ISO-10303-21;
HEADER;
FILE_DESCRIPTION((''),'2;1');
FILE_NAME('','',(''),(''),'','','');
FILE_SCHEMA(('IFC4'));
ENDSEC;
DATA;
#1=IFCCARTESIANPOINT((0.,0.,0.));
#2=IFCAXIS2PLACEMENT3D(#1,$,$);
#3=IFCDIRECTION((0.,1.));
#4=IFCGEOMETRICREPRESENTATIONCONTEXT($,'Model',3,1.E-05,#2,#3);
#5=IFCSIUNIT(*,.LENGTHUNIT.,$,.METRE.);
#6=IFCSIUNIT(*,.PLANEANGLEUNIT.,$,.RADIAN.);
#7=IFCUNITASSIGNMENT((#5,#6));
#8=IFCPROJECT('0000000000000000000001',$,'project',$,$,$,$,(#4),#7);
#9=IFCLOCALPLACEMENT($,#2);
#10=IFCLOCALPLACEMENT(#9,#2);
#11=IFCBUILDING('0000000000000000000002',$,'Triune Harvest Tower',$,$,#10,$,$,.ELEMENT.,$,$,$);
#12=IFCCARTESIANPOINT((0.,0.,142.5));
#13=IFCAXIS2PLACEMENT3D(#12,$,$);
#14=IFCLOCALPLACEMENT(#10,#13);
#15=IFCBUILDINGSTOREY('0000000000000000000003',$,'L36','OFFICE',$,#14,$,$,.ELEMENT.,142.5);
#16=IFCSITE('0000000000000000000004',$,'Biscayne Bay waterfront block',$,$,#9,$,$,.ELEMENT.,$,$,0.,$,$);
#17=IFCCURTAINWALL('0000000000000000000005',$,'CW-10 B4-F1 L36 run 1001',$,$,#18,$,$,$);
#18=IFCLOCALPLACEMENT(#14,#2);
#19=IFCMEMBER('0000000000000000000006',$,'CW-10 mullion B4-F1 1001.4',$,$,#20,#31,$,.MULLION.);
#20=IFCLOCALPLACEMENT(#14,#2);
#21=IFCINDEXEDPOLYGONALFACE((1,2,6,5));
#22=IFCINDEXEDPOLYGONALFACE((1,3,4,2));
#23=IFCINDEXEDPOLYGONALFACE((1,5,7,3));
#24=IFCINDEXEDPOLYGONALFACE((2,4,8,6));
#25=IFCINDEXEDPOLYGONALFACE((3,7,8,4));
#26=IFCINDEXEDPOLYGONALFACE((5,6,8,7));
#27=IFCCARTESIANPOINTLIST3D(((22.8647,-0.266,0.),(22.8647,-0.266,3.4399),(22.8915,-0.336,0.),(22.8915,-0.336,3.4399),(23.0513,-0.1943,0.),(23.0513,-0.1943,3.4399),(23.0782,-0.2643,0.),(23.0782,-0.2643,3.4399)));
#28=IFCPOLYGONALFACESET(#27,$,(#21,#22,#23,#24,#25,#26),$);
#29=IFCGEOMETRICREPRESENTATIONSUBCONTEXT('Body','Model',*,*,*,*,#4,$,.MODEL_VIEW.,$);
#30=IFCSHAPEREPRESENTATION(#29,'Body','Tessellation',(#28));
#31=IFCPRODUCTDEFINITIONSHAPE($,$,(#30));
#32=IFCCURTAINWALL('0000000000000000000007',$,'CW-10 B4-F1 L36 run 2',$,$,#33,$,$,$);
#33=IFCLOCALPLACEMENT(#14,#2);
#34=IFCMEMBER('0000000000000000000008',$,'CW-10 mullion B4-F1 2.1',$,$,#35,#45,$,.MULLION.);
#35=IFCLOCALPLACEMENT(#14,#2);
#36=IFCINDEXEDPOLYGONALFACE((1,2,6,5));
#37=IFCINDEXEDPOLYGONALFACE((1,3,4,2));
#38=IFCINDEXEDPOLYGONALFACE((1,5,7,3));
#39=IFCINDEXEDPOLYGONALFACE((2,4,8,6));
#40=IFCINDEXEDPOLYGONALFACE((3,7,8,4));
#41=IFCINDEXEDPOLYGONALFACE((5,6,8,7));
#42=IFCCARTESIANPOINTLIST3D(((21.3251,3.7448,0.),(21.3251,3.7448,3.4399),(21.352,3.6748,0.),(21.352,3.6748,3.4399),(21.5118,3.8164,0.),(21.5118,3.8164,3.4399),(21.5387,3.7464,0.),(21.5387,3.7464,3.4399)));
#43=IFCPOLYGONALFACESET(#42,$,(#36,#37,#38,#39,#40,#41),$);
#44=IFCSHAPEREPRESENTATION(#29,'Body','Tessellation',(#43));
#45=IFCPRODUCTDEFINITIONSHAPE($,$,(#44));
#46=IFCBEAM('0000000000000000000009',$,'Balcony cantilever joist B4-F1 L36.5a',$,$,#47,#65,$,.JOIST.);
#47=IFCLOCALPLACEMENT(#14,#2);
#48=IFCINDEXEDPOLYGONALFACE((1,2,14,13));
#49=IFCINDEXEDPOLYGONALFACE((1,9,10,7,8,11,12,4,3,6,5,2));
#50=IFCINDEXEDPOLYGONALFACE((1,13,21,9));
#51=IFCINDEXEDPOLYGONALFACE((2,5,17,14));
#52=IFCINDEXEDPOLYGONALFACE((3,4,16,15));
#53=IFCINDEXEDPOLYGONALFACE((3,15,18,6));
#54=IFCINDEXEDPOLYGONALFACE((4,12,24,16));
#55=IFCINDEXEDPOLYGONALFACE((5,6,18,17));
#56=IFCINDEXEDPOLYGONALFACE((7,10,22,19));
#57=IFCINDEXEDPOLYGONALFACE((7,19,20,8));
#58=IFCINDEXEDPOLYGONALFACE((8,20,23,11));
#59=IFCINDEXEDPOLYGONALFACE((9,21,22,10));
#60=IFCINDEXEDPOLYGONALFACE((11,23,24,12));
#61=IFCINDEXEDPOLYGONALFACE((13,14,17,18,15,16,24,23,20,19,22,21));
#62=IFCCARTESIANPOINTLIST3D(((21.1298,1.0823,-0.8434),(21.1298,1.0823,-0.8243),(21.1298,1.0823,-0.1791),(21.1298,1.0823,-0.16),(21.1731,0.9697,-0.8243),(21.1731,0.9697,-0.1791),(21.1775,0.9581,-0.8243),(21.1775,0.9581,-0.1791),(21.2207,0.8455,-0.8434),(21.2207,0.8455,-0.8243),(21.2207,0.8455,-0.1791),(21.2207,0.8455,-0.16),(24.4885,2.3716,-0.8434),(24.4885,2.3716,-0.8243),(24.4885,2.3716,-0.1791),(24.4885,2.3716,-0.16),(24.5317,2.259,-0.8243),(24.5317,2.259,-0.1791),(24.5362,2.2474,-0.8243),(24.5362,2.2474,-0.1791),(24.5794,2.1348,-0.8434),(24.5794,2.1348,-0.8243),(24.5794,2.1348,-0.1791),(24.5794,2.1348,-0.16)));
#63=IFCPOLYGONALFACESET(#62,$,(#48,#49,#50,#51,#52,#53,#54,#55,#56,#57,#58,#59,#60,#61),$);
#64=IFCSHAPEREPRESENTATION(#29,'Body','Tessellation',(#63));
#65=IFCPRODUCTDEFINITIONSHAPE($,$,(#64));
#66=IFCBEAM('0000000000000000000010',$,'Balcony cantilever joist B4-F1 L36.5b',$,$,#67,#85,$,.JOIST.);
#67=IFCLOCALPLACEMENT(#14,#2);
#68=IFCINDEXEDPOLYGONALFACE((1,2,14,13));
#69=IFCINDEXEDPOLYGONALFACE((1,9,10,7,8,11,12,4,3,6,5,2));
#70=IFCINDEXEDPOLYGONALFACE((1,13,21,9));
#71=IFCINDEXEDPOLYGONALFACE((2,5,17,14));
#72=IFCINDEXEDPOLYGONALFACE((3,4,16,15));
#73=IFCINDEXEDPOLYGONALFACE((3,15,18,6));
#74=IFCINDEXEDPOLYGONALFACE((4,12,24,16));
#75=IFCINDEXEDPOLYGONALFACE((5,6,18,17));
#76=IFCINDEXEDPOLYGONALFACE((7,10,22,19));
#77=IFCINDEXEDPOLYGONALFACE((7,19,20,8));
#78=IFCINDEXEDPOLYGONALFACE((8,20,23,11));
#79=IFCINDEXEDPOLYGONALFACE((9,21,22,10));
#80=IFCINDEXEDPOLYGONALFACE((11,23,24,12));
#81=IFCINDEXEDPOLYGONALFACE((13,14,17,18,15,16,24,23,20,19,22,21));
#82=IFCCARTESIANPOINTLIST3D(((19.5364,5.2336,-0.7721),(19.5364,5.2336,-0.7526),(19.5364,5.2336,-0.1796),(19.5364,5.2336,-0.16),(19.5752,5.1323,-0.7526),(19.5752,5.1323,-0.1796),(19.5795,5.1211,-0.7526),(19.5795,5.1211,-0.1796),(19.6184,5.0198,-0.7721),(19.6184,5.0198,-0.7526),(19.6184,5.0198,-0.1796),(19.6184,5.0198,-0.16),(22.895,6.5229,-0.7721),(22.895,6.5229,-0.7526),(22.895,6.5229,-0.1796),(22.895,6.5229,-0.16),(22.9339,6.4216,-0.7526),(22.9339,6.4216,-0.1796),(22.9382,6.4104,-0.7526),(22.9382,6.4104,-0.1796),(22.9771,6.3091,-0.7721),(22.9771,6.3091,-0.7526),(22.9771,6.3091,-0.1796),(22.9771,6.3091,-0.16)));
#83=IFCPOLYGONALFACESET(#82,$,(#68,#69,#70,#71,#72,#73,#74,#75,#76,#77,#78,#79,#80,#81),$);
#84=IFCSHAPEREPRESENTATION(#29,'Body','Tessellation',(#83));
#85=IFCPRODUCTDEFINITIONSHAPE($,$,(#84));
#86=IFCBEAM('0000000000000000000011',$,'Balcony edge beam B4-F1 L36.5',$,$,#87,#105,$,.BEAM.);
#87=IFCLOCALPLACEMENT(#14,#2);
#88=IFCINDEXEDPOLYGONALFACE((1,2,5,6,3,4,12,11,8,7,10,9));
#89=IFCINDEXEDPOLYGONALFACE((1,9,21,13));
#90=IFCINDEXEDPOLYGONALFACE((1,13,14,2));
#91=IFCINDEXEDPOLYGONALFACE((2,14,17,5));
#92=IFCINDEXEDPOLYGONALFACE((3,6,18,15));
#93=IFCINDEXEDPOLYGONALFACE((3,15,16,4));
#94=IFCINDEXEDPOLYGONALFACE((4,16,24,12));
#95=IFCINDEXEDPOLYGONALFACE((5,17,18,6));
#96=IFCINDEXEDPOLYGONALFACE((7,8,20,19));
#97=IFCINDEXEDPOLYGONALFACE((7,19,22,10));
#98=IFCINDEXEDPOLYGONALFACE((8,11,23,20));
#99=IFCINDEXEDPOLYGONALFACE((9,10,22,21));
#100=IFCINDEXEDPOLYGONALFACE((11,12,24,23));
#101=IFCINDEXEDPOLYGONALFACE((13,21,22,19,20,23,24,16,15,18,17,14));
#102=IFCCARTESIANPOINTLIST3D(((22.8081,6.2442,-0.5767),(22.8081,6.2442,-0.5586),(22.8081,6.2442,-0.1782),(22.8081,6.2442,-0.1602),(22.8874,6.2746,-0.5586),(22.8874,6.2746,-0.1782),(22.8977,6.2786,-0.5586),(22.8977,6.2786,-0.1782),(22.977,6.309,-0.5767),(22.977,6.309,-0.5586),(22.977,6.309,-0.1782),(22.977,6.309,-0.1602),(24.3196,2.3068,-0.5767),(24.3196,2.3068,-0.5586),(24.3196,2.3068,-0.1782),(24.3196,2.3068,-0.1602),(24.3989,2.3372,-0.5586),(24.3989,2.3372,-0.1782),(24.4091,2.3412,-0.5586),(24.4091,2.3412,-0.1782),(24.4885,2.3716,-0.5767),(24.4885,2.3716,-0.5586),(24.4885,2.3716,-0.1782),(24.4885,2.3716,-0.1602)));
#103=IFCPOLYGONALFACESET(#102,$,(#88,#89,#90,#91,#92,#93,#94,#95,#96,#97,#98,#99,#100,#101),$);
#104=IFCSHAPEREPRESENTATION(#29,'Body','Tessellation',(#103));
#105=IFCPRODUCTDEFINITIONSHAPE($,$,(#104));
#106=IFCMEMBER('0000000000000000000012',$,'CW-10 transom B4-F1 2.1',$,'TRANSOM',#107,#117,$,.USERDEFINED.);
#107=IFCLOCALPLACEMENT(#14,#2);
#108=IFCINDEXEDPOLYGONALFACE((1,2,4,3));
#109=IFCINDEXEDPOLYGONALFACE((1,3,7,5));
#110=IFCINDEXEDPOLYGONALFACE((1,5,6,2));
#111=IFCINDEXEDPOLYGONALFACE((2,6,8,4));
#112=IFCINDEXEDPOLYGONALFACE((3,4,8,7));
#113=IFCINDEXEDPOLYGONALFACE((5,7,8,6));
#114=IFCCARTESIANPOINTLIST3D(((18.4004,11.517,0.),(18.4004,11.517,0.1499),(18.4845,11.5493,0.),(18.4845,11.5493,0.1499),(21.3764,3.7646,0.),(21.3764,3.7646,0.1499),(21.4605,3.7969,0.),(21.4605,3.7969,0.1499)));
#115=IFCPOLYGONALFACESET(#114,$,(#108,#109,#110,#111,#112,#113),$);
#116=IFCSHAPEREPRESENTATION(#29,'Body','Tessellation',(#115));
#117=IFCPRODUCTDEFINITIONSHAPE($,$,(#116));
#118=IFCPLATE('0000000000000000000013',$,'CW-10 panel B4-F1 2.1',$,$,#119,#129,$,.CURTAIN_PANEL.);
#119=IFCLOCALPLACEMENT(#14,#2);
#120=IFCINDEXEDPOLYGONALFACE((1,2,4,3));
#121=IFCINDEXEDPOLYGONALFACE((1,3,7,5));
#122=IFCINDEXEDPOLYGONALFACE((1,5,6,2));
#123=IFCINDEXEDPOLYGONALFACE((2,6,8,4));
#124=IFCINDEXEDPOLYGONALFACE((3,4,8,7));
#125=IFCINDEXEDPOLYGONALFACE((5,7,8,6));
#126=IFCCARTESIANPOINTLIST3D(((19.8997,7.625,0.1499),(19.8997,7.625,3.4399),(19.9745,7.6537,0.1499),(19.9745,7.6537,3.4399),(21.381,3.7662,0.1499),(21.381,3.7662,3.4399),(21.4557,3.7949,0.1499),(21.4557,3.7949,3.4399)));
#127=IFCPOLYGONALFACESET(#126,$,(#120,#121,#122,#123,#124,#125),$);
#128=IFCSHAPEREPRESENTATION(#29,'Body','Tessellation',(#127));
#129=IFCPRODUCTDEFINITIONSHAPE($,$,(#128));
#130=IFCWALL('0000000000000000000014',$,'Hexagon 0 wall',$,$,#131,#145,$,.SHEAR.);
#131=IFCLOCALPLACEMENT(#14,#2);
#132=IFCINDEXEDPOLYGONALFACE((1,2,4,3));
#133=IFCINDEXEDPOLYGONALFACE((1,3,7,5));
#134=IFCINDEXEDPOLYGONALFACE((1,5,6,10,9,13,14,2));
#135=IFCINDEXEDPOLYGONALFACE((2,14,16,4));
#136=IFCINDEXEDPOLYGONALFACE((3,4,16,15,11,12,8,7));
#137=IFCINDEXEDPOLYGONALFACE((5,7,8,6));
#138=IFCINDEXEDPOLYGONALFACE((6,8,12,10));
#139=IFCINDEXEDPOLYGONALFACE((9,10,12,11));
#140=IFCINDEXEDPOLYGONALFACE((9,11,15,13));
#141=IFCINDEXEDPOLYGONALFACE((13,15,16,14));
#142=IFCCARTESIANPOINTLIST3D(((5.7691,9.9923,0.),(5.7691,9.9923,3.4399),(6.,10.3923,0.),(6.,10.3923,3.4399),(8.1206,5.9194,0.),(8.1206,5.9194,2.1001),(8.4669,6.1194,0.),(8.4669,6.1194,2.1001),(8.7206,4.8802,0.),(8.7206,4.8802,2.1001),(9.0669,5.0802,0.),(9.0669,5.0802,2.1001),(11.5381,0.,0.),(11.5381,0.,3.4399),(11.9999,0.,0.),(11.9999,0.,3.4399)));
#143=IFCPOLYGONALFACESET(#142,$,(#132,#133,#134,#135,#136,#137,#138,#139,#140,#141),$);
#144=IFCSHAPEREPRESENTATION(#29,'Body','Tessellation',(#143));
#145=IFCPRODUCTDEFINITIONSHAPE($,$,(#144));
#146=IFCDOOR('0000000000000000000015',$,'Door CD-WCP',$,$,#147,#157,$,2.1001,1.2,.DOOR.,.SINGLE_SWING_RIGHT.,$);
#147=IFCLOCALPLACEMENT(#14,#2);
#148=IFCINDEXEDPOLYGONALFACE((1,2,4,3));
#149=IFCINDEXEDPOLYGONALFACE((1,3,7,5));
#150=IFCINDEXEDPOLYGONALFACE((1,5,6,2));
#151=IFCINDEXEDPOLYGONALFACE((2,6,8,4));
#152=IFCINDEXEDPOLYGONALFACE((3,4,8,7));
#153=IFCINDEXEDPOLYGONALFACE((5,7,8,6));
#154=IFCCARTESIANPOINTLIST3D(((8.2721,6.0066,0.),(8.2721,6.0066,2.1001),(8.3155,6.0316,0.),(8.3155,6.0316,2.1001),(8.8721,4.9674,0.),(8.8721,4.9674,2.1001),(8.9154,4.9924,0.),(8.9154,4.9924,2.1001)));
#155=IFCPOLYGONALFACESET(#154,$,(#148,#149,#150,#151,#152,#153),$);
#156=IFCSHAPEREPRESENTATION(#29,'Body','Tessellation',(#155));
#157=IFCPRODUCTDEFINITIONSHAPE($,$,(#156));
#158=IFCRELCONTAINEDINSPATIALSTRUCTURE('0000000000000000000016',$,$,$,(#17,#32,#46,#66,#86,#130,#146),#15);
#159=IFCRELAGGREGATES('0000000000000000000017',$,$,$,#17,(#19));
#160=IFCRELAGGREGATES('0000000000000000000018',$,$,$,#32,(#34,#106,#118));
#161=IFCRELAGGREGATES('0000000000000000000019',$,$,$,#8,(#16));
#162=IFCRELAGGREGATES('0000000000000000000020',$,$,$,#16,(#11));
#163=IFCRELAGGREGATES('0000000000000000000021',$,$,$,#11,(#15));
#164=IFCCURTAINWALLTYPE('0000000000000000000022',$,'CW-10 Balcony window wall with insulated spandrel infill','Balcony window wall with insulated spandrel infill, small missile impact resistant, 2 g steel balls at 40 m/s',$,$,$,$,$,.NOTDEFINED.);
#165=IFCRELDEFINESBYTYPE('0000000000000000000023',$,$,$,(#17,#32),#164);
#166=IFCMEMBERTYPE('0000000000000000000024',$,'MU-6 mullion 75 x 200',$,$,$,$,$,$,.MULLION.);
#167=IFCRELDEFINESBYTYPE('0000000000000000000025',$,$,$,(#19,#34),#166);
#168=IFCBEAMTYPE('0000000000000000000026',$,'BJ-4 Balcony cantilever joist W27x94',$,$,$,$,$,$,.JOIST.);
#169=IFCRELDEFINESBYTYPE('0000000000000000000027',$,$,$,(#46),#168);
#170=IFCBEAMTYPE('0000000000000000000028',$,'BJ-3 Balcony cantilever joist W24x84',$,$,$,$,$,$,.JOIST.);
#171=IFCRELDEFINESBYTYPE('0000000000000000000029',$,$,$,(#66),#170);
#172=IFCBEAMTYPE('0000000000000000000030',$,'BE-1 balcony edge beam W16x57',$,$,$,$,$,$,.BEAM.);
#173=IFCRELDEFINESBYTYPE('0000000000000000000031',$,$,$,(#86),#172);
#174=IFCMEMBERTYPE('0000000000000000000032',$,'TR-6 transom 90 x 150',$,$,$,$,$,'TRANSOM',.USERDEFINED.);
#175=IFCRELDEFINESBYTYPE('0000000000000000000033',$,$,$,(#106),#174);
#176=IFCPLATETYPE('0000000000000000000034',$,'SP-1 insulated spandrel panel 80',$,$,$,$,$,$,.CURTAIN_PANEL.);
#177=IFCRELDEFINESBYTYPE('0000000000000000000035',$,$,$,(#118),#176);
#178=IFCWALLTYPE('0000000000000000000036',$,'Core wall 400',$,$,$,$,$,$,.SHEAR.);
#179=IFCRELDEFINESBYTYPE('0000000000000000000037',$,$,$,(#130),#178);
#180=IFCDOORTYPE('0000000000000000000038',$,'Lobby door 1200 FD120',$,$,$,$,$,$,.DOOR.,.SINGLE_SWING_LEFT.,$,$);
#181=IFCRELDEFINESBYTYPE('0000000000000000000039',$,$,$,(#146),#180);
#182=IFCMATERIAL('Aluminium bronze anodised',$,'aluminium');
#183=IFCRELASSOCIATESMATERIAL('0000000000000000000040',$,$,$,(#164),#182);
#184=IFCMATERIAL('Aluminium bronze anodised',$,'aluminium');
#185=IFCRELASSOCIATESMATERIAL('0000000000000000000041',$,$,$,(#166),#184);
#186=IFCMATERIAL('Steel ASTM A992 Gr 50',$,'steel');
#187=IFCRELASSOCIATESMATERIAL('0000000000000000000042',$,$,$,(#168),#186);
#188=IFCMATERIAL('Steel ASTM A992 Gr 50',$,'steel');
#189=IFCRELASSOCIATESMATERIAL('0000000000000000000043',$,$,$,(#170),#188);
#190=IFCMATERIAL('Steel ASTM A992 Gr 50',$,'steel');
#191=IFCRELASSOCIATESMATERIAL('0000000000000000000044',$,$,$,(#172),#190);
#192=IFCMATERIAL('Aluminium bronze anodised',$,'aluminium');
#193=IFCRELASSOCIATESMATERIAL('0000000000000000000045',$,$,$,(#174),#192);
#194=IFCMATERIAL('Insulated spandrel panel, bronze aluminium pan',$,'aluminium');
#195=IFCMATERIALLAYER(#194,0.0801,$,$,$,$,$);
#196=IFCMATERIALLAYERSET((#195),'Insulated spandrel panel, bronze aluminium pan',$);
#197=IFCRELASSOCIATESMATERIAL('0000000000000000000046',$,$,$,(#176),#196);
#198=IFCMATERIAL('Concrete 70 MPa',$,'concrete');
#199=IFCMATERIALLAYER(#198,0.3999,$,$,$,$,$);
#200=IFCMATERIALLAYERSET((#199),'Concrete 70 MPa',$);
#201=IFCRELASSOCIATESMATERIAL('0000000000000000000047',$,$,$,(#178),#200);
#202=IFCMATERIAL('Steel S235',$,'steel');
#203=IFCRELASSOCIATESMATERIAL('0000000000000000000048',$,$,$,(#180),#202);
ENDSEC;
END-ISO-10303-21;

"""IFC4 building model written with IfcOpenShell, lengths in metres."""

from ifc_helpers import new_model, si_unit, direction, frame, frame_2d, origin, origin_2d, place, context, subcontext, project, spatial, polyline, rectangle, i_section, outline, extrude, source, transform, mapped, material, layer, layer_set, material_profile, profile_set, type_object, element, fill, aggregate, save


model = new_model("IFC4")

# Units and contexts
model_context = context("Model", 3, precision=1e-05, world=origin(), true_north=direction((0.0, 1.0)))
body_context = subcontext(model_context, "Body", "Model", "MODEL_VIEW")
ifc_project = project(units=[si_unit("LENGTHUNIT", "METRE"), si_unit("PLANEANGLEUNIT", "RADIAN")], contexts=[model_context])

# Site, building, storey
site_placement = place(None, origin())
site = spatial("IfcSite", under=ifc_project, at=site_placement, Name="Biscayne Bay waterfront block", CompositionType="ELEMENT", RefElevation=0.0)
building_placement = place(site_placement, origin())
building = spatial("IfcBuilding", under=site, at=building_placement, Name="Triune Harvest Tower", CompositionType="ELEMENT")
storey_placement = place(building_placement, frame((0.0, 0.0, 142.5)))
storey = spatial("IfcBuildingStorey", under=building, at=storey_placement, Name="L36", Description="OFFICE", CompositionType="ELEMENT", Elevation=142.5)

# Curtain walls, members
ifc_material_1 = material(Name="Aluminium bronze anodised", Category="aluminium")
curtain_wall_type = type_object("IfcCurtainWallType", Name="CW-10 Balcony window wall with insulated spandrel infill", Description="Balcony window wall with insulated spandrel infill, small missile impact resistant, 2 g steel balls at 40 m/s", PredefinedType="NOTDEFINED", material=ifc_material_1)
curtain_wall_1_placement = place(storey_placement, origin())
curtain_wall_1 = element("IfcCurtainWall", 1, at=curtain_wall_1_placement, inside=storey, type_object=curtain_wall_type, Name="CW-10 B4-F1 L36 run 1001")
ifc_material_2 = material(Name="Aluminium bronze anodised", Category="aluminium")
ifc_material_profile_1 = material_profile(ifc_material_2, rectangle(XDim=0.2, YDim=0.075, at=origin_2d()), Name="MU-6 mullion 75 x 200")
ifc_profile_set_1 = profile_set([ifc_material_profile_1], Name="Aluminium bronze anodised")
member_type_1 = type_object("IfcMemberType", Name="MU-6 mullion 75 x 200", PredefinedType="MULLION", material=ifc_profile_set_1)
shared_shape_1 = source(origin(), body_context, "Body", "SweptSolid", [
    extrude(rectangle(XDim=0.2, YDim=0.075, at=origin_2d()), origin(), (0.0, 0.0, 1.0), 3.4399),
])
member_1_placement = place(storey_placement, frame((22.9714, -0.2651, 0.0), z_axis=(0.0, 0.0, 1.0), x_axis=(-0.933579, -0.358371, 0.0)))
member_1 = element("IfcMember", 2, at=member_1_placement, type_object=member_type_1, Name="CW-10 mullion B4-F1 1001.4", PredefinedType="MULLION", context=body_context, shape_type="MappedRepresentation", body=[
    mapped(shared_shape_1, transform((0.0, 0.0, 0.0), scale=1.0)),
])
aggregate(curtain_wall_1, [member_1])
curtain_wall_2_placement = place(storey_placement, origin())
curtain_wall_2 = element("IfcCurtainWall", 3, at=curtain_wall_2_placement, inside=storey, type_object=curtain_wall_type, Name="CW-10 B4-F1 L36 run 2")
member_2_placement = place(storey_placement, frame((21.4319, 3.7456, 0.0), z_axis=(0.0, 0.0, 1.0), x_axis=(-0.93358, -0.358368, 0.0)))
member_2 = element("IfcMember", 4, at=member_2_placement, type_object=member_type_1, Name="CW-10 mullion B4-F1 2.1", PredefinedType="MULLION", context=body_context, shape_type="MappedRepresentation", body=[
    mapped(shared_shape_1, transform((0.0, 0.0, 0.0), scale=1.0)),
])

# Beams
ifc_material_3 = material(Name="Steel ASTM A992 Gr 50", Category="steel")
ifc_material_profile_2 = material_profile(ifc_material_3, i_section(OverallWidth=0.2537, OverallDepth=0.6833, WebThickness=0.0125, FlangeThickness=0.019, at=origin_2d()), Name="W27x94")
ifc_profile_set_2 = profile_set([ifc_material_profile_2], Name="Steel ASTM A992 Gr 50")
beam_type_1 = type_object("IfcBeamType", Name="BJ-4 Balcony cantilever joist W27x94", PredefinedType="JOIST", material=ifc_profile_set_2)
shared_shape_2 = source(origin(), body_context, "Body", "SweptSolid", [
    extrude(i_section(OverallWidth=0.2537, OverallDepth=0.6833, WebThickness=0.0125, FlangeThickness=0.019, at=origin_2d()), origin(), (0.0, 0.0, 1.0), 3.5977),
])
beam_1_placement = place(storey_placement, frame((21.1753, 0.9639, -0.5017), z_axis=(0.933576, 0.358379, 0.0), x_axis=(-0.358379, 0.933576, 0.0)))
element("IfcBeam", 5, at=beam_1_placement, inside=storey, type_object=beam_type_1, Name="Balcony cantilever joist B4-F1 L36.5a", PredefinedType="JOIST", context=body_context, shape_type="MappedRepresentation", body=[
    mapped(shared_shape_2, transform((0.0, 0.0, 0.0), scale=1.0)),
])
ifc_material_4 = material(Name="Steel ASTM A992 Gr 50", Category="steel")
ifc_material_profile_3 = material_profile(ifc_material_4, i_section(OverallWidth=0.229, OverallDepth=0.6121, WebThickness=0.012, FlangeThickness=0.0195, at=origin_2d()), Name="W24x84")
ifc_profile_set_3 = profile_set([ifc_material_profile_3], Name="Steel ASTM A992 Gr 50")
beam_type_2 = type_object("IfcBeamType", Name="BJ-3 Balcony cantilever joist W24x84", PredefinedType="JOIST", material=ifc_profile_set_3)
shared_shape_3 = source(origin(), body_context, "Body", "SweptSolid", [
    extrude(i_section(OverallWidth=0.229, OverallDepth=0.6121, WebThickness=0.012, FlangeThickness=0.0195, at=origin_2d()), origin(), (0.0, 0.0, 1.0), 3.5977),
])
beam_2_placement = place(storey_placement, frame((19.5774, 5.1267, -0.4661), z_axis=(0.933576, 0.358379, 0.0), x_axis=(-0.358379, 0.933576, 0.0)))
element("IfcBeam", 6, at=beam_2_placement, inside=storey, type_object=beam_type_2, Name="Balcony cantilever joist B4-F1 L36.5b", PredefinedType="JOIST", context=body_context, shape_type="MappedRepresentation", body=[
    mapped(shared_shape_3, transform((0.0, 0.0, 0.0), scale=1.0)),
])
ifc_material_5 = material(Name="Steel ASTM A992 Gr 50", Category="steel")
ifc_material_profile_4 = material_profile(ifc_material_5, i_section(OverallWidth=0.1809, OverallDepth=0.4165, WebThickness=0.011, FlangeThickness=0.0181, at=origin_2d()), Name="W16x57")
ifc_profile_set_4 = profile_set([ifc_material_profile_4], Name="Steel ASTM A992 Gr 50")
beam_type_3 = type_object("IfcBeamType", Name="BE-1 balcony edge beam W16x57", PredefinedType="BEAM", material=ifc_profile_set_4)
shared_shape_4 = source(origin(), body_context, "Body", "SweptSolid", [
    extrude(i_section(OverallWidth=0.1809, OverallDepth=0.4165, WebThickness=0.011, FlangeThickness=0.0181, at=origin_2d()), origin(), (0.0, 0.0, 1.0), 4.2175),
])
beam_3_placement = place(storey_placement, frame((22.8926, 6.2766, -0.3684), z_axis=(0.35837, -0.93358, 0.0), x_axis=(0.93358, 0.35837, 0.0)))
element("IfcBeam", 7, at=beam_3_placement, inside=storey, type_object=beam_type_3, Name="Balcony edge beam B4-F1 L36.5", PredefinedType="BEAM", context=body_context, shape_type="MappedRepresentation", body=[
    mapped(shared_shape_4, transform((0.0, 0.0, 0.0), scale=1.0)),
])

# Member
ifc_material_6 = material(Name="Aluminium bronze anodised", Category="aluminium")
ifc_material_profile_5 = material_profile(ifc_material_6, rectangle(XDim=0.0901, YDim=0.1499, at=origin_2d()), Name="TR-6 transom 90 x 150")
ifc_profile_set_5 = profile_set([ifc_material_profile_5], Name="Aluminium bronze anodised")
member_type_2 = type_object("IfcMemberType", Name="TR-6 transom 90 x 150", ElementType="TRANSOM", PredefinedType="USERDEFINED", material=ifc_profile_set_5)
shared_shape_5 = source(origin(), body_context, "Body", "SweptSolid", [
    extrude(rectangle(XDim=0.0901, YDim=0.1499, at=origin_2d()), origin(), (0.0, 0.0, 1.0), 8.304),
])
member_3_placement = place(storey_placement, frame((21.4185, 3.7808, 0.075), z_axis=(-0.358388, 0.933573, 0.0), x_axis=(-0.933573, -0.358388, 0.0)))
member_3 = element("IfcMember", 8, at=member_3_placement, type_object=member_type_2, Name="CW-10 transom B4-F1 2.1", ObjectType="TRANSOM", PredefinedType="USERDEFINED", context=body_context, shape_type="MappedRepresentation", body=[
    mapped(shared_shape_5, transform((0.0, 0.0, 0.0), scale=1.0)),
])

# Plate
ifc_material_7 = material(Name="Insulated spandrel panel, bronze aluminium pan", Category="aluminium")
ifc_layer_1 = layer(ifc_material_7, 0.0801)
ifc_layer_set_1 = layer_set([ifc_layer_1], Name="Insulated spandrel panel, bronze aluminium pan")
plate_type = type_object("IfcPlateType", Name="SP-1 insulated spandrel panel 80", PredefinedType="CURTAIN_PANEL", material=ifc_layer_set_1)
shared_shape_6 = source(origin(), body_context, "Body", "SweptSolid", [
    extrude(rectangle(XDim=4.1333, YDim=0.0801, at=origin_2d()), origin(), (0.0, 0.0, 1.0), 3.29),
])
plate_placement = place(storey_placement, frame((20.6777, 5.71, 0.1499), z_axis=(0.0, 0.0, 1.0), x_axis=(-0.358368, 0.93358, 0.0)))
plate = element("IfcPlate", 9, at=plate_placement, type_object=plate_type, Name="CW-10 panel B4-F1 2.1", PredefinedType="CURTAIN_PANEL", context=body_context, shape_type="MappedRepresentation", body=[
    mapped(shared_shape_6, transform((0.0, 0.0, 0.0), scale=1.0)),
])
aggregate(curtain_wall_2, [member_2, member_3, plate])

# Wall, opening, door
ifc_material_8 = material(Name="Concrete 70 MPa", Category="concrete")
ifc_layer_2 = layer(ifc_material_8, 0.3999)
ifc_layer_set_2 = layer_set([ifc_layer_2], Name="Concrete 70 MPa")
wall_type_1 = type_object("IfcWallType", Name="Core wall 400", PredefinedType="SHEAR", material=ifc_layer_set_2)
shared_shape_7 = source(origin(), body_context, "Body", "SweptSolid", [
    extrude(outline(polyline([(-0.1155, -0.2), (11.8845, -0.2), (11.6536, 0.2), (0.1155, 0.2), (-0.1155, -0.2)])), origin(), (0.0, 0.0, 1.0), 3.4399),
])
wall_1_placement = place(storey_placement, frame((11.769, 0.0, 0.0), z_axis=(0.0, 0.0, 1.0), x_axis=(-0.499997, 0.866027, 0.0)))
wall_1 = element("IfcWall", 10, at=wall_1_placement, inside=storey, type_object=wall_type_1, Name="Hexagon 0 wall", PredefinedType="SHEAR", context=body_context, shape_type="MappedRepresentation", body=[
    mapped(shared_shape_7, transform((0.0, 0.0, 0.0), scale=1.0)),
])
opening_1_placement = place(wall_1_placement, frame((5.7505, 0.0, 0.0)))
opening_1 = element("IfcOpeningElement", 11, at=opening_1_placement, cuts=wall_1, PredefinedType="OPENING", context=body_context, shape_type="SweptSolid", body=[
    extrude(rectangle(XDim=1.2, YDim=2.1001, at=frame_2d((0.6001, 1.05))), frame((0.0, 0.21, 0.0), z_axis=(0.0, -1.0, 0.0), x_axis=(1.0, 0.0, 0.0)), (0.0, 0.0, 1.0), 0.4199),
])
ifc_material_9 = material(Name="Steel S235", Category="steel")
door_type_1 = type_object("IfcDoorType", Name="Lobby door 1200 FD120", OperationType="SINGLE_SWING_LEFT", PredefinedType="DOOR", material=ifc_material_9)
door_1_placement = place(opening_1_placement, frame((1.2, 0.0, 0.0), z_axis=(0.0, 0.0, 1.0), x_axis=(-1.0, 0.0, 0.0)))
door_1 = element("IfcDoor", 12, at=door_1_placement, inside=storey, type_object=door_type_1, Name="Door CD-WCP", OperationType="SINGLE_SWING_RIGHT", OverallHeight=2.1001, OverallWidth=1.2, PredefinedType="DOOR", context=body_context, shape_type="SweptSolid", body=[
    extrude(rectangle(XDim=1.2, YDim=2.1001, at=frame_2d((0.6001, 1.05))), frame((0.0, 0.0249, 0.0), z_axis=(0.0, -1.0, 0.0), x_axis=(1.0, 0.0, 0.0)), (0.0, 0.0, 1.0), 0.05),
])
fill(opening_1, door_1)

save(model, "model.ifc")
